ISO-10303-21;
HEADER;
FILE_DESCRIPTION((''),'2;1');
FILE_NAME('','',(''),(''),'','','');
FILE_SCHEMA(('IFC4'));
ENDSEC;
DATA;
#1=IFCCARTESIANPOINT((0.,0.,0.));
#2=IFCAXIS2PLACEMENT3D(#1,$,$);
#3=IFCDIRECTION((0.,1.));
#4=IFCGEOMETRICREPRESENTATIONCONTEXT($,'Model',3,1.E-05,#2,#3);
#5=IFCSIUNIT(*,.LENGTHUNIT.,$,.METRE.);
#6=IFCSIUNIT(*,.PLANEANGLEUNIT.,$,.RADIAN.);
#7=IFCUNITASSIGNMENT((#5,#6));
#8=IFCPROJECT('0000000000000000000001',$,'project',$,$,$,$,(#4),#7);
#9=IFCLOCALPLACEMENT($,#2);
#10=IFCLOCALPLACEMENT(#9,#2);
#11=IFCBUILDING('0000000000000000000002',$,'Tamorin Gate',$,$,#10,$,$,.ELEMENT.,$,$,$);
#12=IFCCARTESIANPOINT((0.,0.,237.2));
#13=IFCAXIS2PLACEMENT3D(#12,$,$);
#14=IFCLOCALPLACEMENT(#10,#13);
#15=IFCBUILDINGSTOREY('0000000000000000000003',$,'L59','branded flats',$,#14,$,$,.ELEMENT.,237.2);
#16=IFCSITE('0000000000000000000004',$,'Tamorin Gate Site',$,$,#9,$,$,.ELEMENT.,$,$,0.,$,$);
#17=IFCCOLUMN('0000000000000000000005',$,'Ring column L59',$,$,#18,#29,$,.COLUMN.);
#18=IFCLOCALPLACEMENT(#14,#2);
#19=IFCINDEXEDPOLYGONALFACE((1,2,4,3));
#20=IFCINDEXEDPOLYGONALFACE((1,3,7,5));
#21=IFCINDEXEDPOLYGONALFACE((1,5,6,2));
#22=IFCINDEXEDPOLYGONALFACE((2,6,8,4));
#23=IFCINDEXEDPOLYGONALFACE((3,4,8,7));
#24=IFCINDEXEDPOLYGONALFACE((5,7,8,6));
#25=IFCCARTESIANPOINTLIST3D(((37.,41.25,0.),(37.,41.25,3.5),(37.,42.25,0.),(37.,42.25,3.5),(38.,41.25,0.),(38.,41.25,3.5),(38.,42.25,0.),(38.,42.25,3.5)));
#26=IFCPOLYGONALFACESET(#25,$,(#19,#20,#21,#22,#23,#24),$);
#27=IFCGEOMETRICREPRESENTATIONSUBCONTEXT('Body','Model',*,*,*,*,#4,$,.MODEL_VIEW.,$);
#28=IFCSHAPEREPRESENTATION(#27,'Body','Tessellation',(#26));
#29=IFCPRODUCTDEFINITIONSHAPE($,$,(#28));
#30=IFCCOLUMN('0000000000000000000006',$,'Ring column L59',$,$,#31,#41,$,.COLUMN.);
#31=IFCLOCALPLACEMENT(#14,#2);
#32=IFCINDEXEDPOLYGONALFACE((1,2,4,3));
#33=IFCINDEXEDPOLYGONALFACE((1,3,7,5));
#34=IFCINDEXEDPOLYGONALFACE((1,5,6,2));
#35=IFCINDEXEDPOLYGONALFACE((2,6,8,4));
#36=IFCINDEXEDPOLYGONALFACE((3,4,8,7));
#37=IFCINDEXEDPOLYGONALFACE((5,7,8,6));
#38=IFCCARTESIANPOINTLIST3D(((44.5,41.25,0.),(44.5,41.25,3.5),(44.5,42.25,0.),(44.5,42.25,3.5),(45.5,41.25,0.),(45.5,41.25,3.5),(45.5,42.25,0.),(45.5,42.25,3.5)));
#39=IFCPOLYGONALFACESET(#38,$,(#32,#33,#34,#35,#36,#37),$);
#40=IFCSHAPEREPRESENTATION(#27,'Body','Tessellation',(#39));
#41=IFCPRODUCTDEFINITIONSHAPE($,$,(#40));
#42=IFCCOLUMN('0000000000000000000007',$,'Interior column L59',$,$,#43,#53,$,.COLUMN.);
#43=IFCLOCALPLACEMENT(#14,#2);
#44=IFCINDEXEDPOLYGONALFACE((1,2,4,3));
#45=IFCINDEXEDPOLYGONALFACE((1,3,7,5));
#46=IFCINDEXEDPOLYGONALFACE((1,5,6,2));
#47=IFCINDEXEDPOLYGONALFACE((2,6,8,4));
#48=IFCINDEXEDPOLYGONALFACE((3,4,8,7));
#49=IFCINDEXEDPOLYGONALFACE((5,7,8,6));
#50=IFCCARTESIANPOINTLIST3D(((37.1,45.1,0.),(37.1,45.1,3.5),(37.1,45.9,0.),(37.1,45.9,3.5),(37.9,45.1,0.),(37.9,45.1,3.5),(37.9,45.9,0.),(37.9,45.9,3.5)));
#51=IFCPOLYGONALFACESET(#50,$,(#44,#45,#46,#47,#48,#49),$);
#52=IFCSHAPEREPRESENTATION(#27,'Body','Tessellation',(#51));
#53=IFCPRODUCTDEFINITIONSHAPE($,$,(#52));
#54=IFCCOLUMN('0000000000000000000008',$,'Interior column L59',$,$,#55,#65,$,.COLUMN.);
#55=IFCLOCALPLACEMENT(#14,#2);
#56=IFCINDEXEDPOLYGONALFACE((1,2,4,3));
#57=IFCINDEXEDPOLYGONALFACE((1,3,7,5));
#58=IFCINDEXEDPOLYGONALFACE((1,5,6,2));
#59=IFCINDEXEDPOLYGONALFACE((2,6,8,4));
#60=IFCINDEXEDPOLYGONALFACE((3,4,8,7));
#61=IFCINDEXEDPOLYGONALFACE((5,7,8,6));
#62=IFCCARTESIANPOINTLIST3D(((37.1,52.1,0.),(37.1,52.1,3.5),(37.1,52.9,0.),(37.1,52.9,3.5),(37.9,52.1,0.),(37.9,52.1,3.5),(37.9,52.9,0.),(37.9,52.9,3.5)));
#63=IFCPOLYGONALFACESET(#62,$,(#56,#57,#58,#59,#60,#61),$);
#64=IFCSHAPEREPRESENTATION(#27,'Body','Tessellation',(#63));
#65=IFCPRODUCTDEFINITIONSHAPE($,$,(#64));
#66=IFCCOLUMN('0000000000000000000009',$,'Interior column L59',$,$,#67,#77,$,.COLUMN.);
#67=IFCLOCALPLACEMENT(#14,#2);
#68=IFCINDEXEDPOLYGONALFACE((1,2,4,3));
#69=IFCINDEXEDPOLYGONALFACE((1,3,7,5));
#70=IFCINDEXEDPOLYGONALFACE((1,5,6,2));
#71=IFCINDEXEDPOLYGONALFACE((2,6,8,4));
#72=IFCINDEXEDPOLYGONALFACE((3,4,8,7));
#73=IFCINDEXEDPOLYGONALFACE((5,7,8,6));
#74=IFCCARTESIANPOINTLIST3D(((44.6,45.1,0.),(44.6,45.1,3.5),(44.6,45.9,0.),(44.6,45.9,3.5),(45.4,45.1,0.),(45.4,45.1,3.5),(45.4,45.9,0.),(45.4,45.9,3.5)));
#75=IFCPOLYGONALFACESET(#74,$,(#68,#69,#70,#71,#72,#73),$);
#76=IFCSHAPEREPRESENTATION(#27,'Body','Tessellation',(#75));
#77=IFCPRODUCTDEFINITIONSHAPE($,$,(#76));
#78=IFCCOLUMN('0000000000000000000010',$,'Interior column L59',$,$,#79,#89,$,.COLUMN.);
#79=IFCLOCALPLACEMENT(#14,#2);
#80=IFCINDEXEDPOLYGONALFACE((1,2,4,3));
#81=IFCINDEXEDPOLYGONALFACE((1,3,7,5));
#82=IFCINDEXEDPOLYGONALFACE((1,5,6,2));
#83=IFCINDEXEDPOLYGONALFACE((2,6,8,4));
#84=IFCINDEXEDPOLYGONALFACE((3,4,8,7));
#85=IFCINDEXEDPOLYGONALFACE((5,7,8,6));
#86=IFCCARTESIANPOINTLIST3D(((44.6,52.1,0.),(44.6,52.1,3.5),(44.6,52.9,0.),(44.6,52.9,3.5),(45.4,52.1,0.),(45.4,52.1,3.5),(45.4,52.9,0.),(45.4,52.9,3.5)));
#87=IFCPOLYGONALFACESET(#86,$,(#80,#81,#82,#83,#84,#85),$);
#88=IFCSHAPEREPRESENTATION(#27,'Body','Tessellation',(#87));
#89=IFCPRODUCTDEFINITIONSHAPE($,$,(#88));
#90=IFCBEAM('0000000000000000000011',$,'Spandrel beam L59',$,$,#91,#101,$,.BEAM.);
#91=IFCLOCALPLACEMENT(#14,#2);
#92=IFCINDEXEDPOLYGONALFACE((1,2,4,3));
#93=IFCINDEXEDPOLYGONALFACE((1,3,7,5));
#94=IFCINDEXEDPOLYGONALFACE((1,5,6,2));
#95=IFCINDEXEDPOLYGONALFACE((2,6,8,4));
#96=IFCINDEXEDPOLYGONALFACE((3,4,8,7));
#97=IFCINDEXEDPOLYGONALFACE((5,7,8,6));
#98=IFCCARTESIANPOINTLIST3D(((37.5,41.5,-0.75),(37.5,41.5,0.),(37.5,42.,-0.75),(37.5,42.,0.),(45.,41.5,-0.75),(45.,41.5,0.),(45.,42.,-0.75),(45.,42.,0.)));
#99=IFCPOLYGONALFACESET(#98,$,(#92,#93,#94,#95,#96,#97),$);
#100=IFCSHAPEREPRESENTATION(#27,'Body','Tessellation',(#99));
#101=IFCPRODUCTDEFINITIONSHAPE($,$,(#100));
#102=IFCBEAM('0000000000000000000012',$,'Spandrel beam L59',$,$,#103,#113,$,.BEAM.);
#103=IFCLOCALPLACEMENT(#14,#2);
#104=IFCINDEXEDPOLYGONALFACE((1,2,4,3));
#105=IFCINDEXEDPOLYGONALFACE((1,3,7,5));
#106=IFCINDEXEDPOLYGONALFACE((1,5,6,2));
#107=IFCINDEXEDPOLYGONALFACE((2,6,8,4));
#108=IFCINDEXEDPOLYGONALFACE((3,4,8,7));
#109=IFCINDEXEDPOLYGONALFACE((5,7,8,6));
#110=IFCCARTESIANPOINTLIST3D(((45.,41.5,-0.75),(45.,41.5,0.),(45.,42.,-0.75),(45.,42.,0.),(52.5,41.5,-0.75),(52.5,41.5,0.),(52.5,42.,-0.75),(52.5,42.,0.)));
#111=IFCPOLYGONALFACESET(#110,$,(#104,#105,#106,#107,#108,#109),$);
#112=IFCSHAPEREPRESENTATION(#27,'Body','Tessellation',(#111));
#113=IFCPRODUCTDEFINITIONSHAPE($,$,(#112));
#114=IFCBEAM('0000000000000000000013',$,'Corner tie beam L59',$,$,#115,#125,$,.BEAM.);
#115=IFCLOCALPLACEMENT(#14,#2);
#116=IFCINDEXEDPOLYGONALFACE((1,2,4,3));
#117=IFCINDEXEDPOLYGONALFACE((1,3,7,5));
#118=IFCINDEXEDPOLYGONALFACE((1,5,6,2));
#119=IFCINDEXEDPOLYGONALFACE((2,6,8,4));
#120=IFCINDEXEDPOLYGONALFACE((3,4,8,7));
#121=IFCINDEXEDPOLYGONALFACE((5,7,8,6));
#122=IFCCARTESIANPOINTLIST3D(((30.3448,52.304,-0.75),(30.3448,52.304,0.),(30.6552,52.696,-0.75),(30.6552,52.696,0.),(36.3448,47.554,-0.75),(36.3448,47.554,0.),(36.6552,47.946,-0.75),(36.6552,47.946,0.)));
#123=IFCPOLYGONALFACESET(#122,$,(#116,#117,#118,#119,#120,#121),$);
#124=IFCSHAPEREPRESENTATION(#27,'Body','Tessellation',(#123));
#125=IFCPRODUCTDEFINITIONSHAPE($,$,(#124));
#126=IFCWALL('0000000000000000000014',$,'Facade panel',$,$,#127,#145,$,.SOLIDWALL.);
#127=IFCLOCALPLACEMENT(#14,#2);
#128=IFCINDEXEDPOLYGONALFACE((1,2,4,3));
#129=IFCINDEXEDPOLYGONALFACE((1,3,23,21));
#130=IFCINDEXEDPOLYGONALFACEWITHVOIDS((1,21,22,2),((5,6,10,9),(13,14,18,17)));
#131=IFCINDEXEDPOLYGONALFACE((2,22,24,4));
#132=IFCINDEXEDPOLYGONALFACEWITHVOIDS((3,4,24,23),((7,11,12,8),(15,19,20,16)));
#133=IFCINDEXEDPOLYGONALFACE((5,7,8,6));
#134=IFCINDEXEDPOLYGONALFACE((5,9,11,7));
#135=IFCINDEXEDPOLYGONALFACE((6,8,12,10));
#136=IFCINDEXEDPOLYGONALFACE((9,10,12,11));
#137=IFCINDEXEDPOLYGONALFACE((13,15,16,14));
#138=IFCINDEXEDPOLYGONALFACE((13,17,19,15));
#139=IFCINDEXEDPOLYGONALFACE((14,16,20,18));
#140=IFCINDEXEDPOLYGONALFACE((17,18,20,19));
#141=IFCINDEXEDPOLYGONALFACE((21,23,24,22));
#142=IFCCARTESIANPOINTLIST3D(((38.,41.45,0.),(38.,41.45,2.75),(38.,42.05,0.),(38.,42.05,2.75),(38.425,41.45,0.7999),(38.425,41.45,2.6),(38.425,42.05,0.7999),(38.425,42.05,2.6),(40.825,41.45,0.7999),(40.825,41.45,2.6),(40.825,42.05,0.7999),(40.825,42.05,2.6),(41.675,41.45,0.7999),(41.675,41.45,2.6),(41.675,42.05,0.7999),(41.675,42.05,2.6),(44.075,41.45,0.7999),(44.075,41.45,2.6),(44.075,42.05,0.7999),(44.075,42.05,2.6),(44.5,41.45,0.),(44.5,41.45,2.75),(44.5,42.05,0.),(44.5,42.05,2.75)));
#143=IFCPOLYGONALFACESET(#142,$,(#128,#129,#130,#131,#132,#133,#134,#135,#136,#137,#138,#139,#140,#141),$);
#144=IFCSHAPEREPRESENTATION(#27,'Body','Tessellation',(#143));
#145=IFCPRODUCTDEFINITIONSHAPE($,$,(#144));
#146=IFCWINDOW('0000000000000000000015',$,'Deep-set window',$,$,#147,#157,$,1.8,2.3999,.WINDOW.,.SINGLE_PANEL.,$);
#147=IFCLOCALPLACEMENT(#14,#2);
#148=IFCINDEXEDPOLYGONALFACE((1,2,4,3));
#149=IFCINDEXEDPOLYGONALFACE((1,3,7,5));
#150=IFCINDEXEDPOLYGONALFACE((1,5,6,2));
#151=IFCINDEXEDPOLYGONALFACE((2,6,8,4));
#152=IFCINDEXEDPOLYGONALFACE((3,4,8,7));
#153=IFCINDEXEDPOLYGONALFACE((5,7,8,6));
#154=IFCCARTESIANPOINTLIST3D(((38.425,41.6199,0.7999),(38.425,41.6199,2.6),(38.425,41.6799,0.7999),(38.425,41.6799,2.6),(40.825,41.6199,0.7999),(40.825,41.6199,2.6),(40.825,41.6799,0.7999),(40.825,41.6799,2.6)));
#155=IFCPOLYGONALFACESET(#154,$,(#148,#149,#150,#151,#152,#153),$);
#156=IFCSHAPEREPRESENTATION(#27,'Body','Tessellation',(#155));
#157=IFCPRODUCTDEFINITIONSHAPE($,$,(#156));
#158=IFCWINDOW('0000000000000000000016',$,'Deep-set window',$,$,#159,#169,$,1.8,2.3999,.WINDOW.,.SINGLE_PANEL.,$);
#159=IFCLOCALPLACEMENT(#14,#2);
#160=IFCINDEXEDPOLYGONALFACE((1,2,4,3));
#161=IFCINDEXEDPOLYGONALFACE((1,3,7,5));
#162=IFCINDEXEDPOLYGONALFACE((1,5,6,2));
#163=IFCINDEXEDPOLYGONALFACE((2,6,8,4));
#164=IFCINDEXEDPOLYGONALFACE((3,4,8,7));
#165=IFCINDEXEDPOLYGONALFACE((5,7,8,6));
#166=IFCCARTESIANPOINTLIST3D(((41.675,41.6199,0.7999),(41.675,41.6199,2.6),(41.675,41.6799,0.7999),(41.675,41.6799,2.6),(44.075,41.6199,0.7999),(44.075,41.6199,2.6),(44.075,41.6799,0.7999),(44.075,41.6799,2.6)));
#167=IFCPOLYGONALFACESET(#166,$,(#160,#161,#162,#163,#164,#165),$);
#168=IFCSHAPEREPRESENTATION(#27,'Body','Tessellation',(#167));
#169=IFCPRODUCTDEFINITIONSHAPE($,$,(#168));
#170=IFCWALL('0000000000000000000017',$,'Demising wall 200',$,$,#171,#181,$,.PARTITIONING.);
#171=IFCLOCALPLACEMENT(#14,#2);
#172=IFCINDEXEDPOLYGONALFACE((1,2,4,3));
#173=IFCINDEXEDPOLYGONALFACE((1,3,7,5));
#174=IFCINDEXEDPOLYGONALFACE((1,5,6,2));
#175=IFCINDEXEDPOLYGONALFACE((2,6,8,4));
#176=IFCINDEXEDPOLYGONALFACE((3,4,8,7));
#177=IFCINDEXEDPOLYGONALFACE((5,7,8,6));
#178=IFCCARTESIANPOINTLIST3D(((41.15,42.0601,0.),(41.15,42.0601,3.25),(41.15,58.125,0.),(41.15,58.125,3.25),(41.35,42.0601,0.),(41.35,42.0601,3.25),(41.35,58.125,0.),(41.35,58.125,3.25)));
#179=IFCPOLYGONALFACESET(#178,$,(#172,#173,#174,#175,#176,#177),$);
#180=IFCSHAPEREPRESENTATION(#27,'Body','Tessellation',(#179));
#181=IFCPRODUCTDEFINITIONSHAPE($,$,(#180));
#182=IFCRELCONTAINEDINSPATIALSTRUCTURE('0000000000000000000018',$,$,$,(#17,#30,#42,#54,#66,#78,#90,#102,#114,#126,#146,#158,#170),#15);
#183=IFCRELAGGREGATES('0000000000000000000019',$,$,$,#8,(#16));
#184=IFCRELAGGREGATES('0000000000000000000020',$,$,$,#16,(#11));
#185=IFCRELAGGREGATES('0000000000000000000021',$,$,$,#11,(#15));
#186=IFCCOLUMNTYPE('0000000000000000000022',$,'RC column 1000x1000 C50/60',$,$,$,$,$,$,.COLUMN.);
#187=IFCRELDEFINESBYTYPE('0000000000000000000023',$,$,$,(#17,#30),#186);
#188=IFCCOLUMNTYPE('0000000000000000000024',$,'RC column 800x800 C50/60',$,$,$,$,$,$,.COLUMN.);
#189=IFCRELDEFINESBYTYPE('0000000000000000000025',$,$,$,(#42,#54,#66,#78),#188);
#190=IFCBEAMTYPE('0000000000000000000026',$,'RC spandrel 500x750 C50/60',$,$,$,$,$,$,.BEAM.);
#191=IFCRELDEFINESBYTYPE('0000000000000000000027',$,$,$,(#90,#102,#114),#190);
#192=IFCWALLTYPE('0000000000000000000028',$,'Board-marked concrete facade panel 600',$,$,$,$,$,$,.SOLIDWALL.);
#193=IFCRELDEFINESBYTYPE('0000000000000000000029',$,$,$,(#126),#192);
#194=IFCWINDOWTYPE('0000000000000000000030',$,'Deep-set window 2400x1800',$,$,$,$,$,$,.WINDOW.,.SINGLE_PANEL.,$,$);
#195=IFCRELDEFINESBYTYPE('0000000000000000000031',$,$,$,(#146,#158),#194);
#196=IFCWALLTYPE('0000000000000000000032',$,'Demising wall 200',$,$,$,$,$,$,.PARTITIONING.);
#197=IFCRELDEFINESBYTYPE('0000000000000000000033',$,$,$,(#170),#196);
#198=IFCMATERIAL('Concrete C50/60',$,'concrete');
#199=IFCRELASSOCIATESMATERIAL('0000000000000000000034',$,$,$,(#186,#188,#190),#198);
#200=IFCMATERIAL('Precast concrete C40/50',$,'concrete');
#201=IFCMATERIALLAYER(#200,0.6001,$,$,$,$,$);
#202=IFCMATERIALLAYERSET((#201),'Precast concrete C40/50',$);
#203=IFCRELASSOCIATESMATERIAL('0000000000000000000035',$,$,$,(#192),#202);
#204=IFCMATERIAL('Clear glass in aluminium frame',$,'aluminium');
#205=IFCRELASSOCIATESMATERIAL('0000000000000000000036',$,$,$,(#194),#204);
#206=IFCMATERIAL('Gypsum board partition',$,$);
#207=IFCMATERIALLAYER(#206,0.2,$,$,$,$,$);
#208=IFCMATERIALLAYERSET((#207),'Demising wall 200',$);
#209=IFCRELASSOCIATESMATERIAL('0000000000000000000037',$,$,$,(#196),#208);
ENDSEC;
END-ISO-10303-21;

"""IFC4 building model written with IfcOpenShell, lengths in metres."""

from ifc_helpers import new_model, si_unit, direction, frame, frame_2d, origin, origin_2d, place, context, subcontext, project, spatial, rectangle, extrude, material, layer, layer_set, material_profile, profile_set, type_object, element, fill, save


model = new_model("IFC4")

# Units and contexts
model_context = context("Model", 3, precision=1e-05, world=origin(), true_north=direction((0.0, 1.0)))
body_context = subcontext(model_context, "Body", "Model", "MODEL_VIEW")
ifc_project = project(units=[si_unit("LENGTHUNIT", "METRE"), si_unit("PLANEANGLEUNIT", "RADIAN")], contexts=[model_context])

# Site, building, storey
site_placement = place(None, origin())
site = spatial("IfcSite", under=ifc_project, at=site_placement, Name="Tamorin Gate Site", CompositionType="ELEMENT", RefElevation=0.0)
building_placement = place(site_placement, origin())
building = spatial("IfcBuilding", under=site, at=building_placement, Name="Tamorin Gate", CompositionType="ELEMENT")
storey_placement = place(building_placement, frame((0.0, 0.0, 237.2)))
storey = spatial("IfcBuildingStorey", under=building, at=storey_placement, Name="L59", Description="branded flats", CompositionType="ELEMENT", Elevation=237.2)

# Columns
ifc_material_1 = material(Name="Concrete C50/60", Category="concrete")
ifc_material_profile_1 = material_profile(ifc_material_1, rectangle(XDim=1.0, YDim=1.0, at=origin_2d()), Name="RC 1000x1000")
ifc_profile_set_1 = profile_set([ifc_material_profile_1], Name="Concrete C50/60")
column_type_1 = type_object("IfcColumnType", Name="RC column 1000x1000 C50/60", PredefinedType="COLUMN", material=ifc_profile_set_1)
for number, where, z_axis, x_axis, name in (
    (1, (37.5, 41.75, 0.0), (0.0, 0.0, 1.0), (1.0, 0.0, 0.0), "Ring column L59"),
    (2, (45.0, 41.75, 0.0), (0.0, 0.0, 1.0), (1.0, 0.0, 0.0), "Ring column L59"),
):
    element("IfcColumn", number, at=place(storey_placement, frame(where, z_axis=z_axis, x_axis=x_axis)), inside=storey, type_object=column_type_1, Name=name, PredefinedType="COLUMN", context=body_context, shape_type="SweptSolid", body=[
        extrude(rectangle(XDim=1.0, YDim=1.0, at=origin_2d()), origin(), (0.0, 0.0, 1.0), 3.5),
    ])
ifc_material_profile_2 = material_profile(ifc_material_1, rectangle(XDim=0.8, YDim=0.8, at=origin_2d()), Name="RC 800x800")
ifc_profile_set_2 = profile_set([ifc_material_profile_2], Name="Concrete C50/60")
column_type_2 = type_object("IfcColumnType", Name="RC column 800x800 C50/60", PredefinedType="COLUMN", material=ifc_profile_set_2)
for number, where, z_axis, x_axis, name in (
    (3, (37.5, 45.5, 0.0), (0.0, 0.0, 1.0), (1.0, 0.0, 0.0), "Interior column L59"),
    (4, (37.5, 52.5, 0.0), (0.0, 0.0, 1.0), (1.0, 0.0, 0.0), "Interior column L59"),
    (5, (45.0, 45.5, 0.0), (0.0, 0.0, 1.0), (1.0, 0.0, 0.0), "Interior column L59"),
    (6, (45.0, 52.5, 0.0), (0.0, 0.0, 1.0), (1.0, 0.0, 0.0), "Interior column L59"),
):
    element("IfcColumn", number, at=place(storey_placement, frame(where, z_axis=z_axis, x_axis=x_axis)), inside=storey, type_object=column_type_2, Name=name, PredefinedType="COLUMN", context=body_context, shape_type="SweptSolid", body=[
        extrude(rectangle(XDim=0.8, YDim=0.8, at=origin_2d()), origin(), (0.0, 0.0, 1.0), 3.5),
    ])

# Beams
ifc_material_profile_3 = material_profile(ifc_material_1, rectangle(XDim=0.5, YDim=0.75, at=origin_2d()), Name="RC 500x750")
ifc_profile_set_3 = profile_set([ifc_material_profile_3], Name="Concrete C50/60")
beam_type = type_object("IfcBeamType", Name="RC spandrel 500x750 C50/60", PredefinedType="BEAM", material=ifc_profile_set_3)
for number, where, z_axis, x_axis, name in (
    (7, (37.5, 41.75, -0.375), (1.0, 0.0, 0.0), (0.0, 1.0, 0.0), "Spandrel beam L59"),
    (8, (45.0, 41.75, -0.375), (1.0, 0.0, 0.0), (0.0, 1.0, 0.0), "Spandrel beam L59"),
):
    element("IfcBeam", number, at=place(storey_placement, frame(where, z_axis=z_axis, x_axis=x_axis)), inside=storey, type_object=beam_type, Name=name, PredefinedType="BEAM", context=body_context, shape_type="SweptSolid", body=[
        extrude(rectangle(XDim=0.5, YDim=0.75, at=origin_2d()), origin(), (0.0, 0.0, 1.0), 7.5),
    ])
beam_placement = place(storey_placement, frame((36.5, 47.75, -0.375), z_axis=(-0.784046, 0.620703, 0.0), x_axis=(-0.620703, -0.784046, 0.0)))
element("IfcBeam", 9, at=beam_placement, inside=storey, type_object=beam_type, Name="Corner tie beam L59", PredefinedType="BEAM", context=body_context, shape_type="SweptSolid", body=[
    extrude(rectangle(XDim=0.5, YDim=0.75, at=origin_2d()), origin(), (0.0, 0.0, 1.0), 7.6526),
])

# Wall, openings, windows
ifc_material_2 = material(Name="Precast concrete C40/50", Category="concrete")
ifc_layer_1 = layer(ifc_material_2, 0.6001)
ifc_layer_set_1 = layer_set([ifc_layer_1], Name="Precast concrete C40/50")
wall_type_1 = type_object("IfcWallType", Name="Board-marked concrete facade panel 600", PredefinedType="SOLIDWALL", material=ifc_layer_set_1)
wall_1_placement = place(storey_placement, frame((38.0, 41.75, 0.0), z_axis=(0.0, 0.0, 1.0), x_axis=(1.0, 0.0, 0.0)))
wall_1 = element("IfcWall", 10, at=wall_1_placement, inside=storey, type_object=wall_type_1, Name="Facade panel", PredefinedType="SOLIDWALL", context=body_context, shape_type="SweptSolid", body=[
    extrude(rectangle(XDim=6.5, YDim=0.6001, at=frame_2d((3.25, 0.0))), origin(), (0.0, 0.0, 1.0), 2.75),
])
opening_1_placement = place(wall_1_placement, frame((0.425, 0.0, 0.8)))
opening_1 = element("IfcOpeningElement", 11, at=opening_1_placement, cuts=wall_1, PredefinedType="OPENING", context=body_context, shape_type="SweptSolid", body=[
    extrude(rectangle(XDim=2.3999, YDim=1.8, at=frame_2d((1.2, 0.8999))), frame((0.0, 0.3101, 0.0), z_axis=(0.0, -1.0, 0.0), x_axis=(1.0, 0.0, 0.0)), (0.0, 0.0, 1.0), 0.6201),
])
opening_2_placement = place(wall_1_placement, frame((3.675, 0.0, 0.8)))
opening_2 = element("IfcOpeningElement", 12, at=opening_2_placement, cuts=wall_1, PredefinedType="OPENING", context=body_context, shape_type="SweptSolid", body=[
    extrude(rectangle(XDim=2.3999, YDim=1.8, at=frame_2d((1.2, 0.8999))), frame((0.0, 0.3101, 0.0), z_axis=(0.0, -1.0, 0.0), x_axis=(1.0, 0.0, 0.0)), (0.0, 0.0, 1.0), 0.6201),
])
ifc_material_3 = material(Name="Clear glass in aluminium frame", Category="aluminium")
window_type = type_object("IfcWindowType", Name="Deep-set window 2400x1800", PartitioningType="SINGLE_PANEL", PredefinedType="WINDOW", material=ifc_material_3)
window_1_placement = place(opening_1_placement, origin())
window_1 = element("IfcWindow", 13, at=window_1_placement, inside=storey, type_object=window_type, Name="Deep-set window", OverallHeight=1.8, OverallWidth=2.3999, PartitioningType="SINGLE_PANEL", PredefinedType="WINDOW", context=body_context, shape_type="SweptSolid", body=[
    extrude(rectangle(XDim=2.3999, YDim=1.8, at=frame_2d((1.2, 0.8999))), frame((0.0, -0.0701, 0.0), z_axis=(0.0, -1.0, 0.0), x_axis=(1.0, 0.0, 0.0)), (0.0, 0.0, 1.0), 0.0601),
])
fill(opening_1, window_1)
window_2_placement = place(opening_2_placement, origin())
window_2 = element("IfcWindow", 14, at=window_2_placement, inside=storey, type_object=window_type, Name="Deep-set window", OverallHeight=1.8, OverallWidth=2.3999, PartitioningType="SINGLE_PANEL", PredefinedType="WINDOW", context=body_context, shape_type="SweptSolid", body=[
    extrude(rectangle(XDim=2.3999, YDim=1.8, at=frame_2d((1.2, 0.8999))), frame((0.0, -0.0701, 0.0), z_axis=(0.0, -1.0, 0.0), x_axis=(1.0, 0.0, 0.0)), (0.0, 0.0, 1.0), 0.0601),
])
fill(opening_2, window_2)

# Wall
ifc_material_4 = material(Name="Gypsum board partition")
ifc_layer_2 = layer(ifc_material_4, 0.2)
ifc_layer_set_2 = layer_set([ifc_layer_2], Name="Demising wall 200")
wall_type_2 = type_object("IfcWallType", Name="Demising wall 200", PredefinedType="PARTITIONING", material=ifc_layer_set_2)
wall_2_placement = place(storey_placement, frame((41.25, 42.0601, 0.0), z_axis=(0.0, 0.0, 1.0), x_axis=(0.0, 1.0, 0.0)))
element("IfcWall", 15, at=wall_2_placement, inside=storey, type_object=wall_type_2, Name="Demising wall 200", PredefinedType="PARTITIONING", context=body_context, shape_type="SweptSolid", body=[
    extrude(rectangle(XDim=16.0649, YDim=0.2, at=frame_2d((8.0325, 0.0))), origin(), (0.0, 0.0, 1.0), 3.25),
])

save(model, "model.ifc")
